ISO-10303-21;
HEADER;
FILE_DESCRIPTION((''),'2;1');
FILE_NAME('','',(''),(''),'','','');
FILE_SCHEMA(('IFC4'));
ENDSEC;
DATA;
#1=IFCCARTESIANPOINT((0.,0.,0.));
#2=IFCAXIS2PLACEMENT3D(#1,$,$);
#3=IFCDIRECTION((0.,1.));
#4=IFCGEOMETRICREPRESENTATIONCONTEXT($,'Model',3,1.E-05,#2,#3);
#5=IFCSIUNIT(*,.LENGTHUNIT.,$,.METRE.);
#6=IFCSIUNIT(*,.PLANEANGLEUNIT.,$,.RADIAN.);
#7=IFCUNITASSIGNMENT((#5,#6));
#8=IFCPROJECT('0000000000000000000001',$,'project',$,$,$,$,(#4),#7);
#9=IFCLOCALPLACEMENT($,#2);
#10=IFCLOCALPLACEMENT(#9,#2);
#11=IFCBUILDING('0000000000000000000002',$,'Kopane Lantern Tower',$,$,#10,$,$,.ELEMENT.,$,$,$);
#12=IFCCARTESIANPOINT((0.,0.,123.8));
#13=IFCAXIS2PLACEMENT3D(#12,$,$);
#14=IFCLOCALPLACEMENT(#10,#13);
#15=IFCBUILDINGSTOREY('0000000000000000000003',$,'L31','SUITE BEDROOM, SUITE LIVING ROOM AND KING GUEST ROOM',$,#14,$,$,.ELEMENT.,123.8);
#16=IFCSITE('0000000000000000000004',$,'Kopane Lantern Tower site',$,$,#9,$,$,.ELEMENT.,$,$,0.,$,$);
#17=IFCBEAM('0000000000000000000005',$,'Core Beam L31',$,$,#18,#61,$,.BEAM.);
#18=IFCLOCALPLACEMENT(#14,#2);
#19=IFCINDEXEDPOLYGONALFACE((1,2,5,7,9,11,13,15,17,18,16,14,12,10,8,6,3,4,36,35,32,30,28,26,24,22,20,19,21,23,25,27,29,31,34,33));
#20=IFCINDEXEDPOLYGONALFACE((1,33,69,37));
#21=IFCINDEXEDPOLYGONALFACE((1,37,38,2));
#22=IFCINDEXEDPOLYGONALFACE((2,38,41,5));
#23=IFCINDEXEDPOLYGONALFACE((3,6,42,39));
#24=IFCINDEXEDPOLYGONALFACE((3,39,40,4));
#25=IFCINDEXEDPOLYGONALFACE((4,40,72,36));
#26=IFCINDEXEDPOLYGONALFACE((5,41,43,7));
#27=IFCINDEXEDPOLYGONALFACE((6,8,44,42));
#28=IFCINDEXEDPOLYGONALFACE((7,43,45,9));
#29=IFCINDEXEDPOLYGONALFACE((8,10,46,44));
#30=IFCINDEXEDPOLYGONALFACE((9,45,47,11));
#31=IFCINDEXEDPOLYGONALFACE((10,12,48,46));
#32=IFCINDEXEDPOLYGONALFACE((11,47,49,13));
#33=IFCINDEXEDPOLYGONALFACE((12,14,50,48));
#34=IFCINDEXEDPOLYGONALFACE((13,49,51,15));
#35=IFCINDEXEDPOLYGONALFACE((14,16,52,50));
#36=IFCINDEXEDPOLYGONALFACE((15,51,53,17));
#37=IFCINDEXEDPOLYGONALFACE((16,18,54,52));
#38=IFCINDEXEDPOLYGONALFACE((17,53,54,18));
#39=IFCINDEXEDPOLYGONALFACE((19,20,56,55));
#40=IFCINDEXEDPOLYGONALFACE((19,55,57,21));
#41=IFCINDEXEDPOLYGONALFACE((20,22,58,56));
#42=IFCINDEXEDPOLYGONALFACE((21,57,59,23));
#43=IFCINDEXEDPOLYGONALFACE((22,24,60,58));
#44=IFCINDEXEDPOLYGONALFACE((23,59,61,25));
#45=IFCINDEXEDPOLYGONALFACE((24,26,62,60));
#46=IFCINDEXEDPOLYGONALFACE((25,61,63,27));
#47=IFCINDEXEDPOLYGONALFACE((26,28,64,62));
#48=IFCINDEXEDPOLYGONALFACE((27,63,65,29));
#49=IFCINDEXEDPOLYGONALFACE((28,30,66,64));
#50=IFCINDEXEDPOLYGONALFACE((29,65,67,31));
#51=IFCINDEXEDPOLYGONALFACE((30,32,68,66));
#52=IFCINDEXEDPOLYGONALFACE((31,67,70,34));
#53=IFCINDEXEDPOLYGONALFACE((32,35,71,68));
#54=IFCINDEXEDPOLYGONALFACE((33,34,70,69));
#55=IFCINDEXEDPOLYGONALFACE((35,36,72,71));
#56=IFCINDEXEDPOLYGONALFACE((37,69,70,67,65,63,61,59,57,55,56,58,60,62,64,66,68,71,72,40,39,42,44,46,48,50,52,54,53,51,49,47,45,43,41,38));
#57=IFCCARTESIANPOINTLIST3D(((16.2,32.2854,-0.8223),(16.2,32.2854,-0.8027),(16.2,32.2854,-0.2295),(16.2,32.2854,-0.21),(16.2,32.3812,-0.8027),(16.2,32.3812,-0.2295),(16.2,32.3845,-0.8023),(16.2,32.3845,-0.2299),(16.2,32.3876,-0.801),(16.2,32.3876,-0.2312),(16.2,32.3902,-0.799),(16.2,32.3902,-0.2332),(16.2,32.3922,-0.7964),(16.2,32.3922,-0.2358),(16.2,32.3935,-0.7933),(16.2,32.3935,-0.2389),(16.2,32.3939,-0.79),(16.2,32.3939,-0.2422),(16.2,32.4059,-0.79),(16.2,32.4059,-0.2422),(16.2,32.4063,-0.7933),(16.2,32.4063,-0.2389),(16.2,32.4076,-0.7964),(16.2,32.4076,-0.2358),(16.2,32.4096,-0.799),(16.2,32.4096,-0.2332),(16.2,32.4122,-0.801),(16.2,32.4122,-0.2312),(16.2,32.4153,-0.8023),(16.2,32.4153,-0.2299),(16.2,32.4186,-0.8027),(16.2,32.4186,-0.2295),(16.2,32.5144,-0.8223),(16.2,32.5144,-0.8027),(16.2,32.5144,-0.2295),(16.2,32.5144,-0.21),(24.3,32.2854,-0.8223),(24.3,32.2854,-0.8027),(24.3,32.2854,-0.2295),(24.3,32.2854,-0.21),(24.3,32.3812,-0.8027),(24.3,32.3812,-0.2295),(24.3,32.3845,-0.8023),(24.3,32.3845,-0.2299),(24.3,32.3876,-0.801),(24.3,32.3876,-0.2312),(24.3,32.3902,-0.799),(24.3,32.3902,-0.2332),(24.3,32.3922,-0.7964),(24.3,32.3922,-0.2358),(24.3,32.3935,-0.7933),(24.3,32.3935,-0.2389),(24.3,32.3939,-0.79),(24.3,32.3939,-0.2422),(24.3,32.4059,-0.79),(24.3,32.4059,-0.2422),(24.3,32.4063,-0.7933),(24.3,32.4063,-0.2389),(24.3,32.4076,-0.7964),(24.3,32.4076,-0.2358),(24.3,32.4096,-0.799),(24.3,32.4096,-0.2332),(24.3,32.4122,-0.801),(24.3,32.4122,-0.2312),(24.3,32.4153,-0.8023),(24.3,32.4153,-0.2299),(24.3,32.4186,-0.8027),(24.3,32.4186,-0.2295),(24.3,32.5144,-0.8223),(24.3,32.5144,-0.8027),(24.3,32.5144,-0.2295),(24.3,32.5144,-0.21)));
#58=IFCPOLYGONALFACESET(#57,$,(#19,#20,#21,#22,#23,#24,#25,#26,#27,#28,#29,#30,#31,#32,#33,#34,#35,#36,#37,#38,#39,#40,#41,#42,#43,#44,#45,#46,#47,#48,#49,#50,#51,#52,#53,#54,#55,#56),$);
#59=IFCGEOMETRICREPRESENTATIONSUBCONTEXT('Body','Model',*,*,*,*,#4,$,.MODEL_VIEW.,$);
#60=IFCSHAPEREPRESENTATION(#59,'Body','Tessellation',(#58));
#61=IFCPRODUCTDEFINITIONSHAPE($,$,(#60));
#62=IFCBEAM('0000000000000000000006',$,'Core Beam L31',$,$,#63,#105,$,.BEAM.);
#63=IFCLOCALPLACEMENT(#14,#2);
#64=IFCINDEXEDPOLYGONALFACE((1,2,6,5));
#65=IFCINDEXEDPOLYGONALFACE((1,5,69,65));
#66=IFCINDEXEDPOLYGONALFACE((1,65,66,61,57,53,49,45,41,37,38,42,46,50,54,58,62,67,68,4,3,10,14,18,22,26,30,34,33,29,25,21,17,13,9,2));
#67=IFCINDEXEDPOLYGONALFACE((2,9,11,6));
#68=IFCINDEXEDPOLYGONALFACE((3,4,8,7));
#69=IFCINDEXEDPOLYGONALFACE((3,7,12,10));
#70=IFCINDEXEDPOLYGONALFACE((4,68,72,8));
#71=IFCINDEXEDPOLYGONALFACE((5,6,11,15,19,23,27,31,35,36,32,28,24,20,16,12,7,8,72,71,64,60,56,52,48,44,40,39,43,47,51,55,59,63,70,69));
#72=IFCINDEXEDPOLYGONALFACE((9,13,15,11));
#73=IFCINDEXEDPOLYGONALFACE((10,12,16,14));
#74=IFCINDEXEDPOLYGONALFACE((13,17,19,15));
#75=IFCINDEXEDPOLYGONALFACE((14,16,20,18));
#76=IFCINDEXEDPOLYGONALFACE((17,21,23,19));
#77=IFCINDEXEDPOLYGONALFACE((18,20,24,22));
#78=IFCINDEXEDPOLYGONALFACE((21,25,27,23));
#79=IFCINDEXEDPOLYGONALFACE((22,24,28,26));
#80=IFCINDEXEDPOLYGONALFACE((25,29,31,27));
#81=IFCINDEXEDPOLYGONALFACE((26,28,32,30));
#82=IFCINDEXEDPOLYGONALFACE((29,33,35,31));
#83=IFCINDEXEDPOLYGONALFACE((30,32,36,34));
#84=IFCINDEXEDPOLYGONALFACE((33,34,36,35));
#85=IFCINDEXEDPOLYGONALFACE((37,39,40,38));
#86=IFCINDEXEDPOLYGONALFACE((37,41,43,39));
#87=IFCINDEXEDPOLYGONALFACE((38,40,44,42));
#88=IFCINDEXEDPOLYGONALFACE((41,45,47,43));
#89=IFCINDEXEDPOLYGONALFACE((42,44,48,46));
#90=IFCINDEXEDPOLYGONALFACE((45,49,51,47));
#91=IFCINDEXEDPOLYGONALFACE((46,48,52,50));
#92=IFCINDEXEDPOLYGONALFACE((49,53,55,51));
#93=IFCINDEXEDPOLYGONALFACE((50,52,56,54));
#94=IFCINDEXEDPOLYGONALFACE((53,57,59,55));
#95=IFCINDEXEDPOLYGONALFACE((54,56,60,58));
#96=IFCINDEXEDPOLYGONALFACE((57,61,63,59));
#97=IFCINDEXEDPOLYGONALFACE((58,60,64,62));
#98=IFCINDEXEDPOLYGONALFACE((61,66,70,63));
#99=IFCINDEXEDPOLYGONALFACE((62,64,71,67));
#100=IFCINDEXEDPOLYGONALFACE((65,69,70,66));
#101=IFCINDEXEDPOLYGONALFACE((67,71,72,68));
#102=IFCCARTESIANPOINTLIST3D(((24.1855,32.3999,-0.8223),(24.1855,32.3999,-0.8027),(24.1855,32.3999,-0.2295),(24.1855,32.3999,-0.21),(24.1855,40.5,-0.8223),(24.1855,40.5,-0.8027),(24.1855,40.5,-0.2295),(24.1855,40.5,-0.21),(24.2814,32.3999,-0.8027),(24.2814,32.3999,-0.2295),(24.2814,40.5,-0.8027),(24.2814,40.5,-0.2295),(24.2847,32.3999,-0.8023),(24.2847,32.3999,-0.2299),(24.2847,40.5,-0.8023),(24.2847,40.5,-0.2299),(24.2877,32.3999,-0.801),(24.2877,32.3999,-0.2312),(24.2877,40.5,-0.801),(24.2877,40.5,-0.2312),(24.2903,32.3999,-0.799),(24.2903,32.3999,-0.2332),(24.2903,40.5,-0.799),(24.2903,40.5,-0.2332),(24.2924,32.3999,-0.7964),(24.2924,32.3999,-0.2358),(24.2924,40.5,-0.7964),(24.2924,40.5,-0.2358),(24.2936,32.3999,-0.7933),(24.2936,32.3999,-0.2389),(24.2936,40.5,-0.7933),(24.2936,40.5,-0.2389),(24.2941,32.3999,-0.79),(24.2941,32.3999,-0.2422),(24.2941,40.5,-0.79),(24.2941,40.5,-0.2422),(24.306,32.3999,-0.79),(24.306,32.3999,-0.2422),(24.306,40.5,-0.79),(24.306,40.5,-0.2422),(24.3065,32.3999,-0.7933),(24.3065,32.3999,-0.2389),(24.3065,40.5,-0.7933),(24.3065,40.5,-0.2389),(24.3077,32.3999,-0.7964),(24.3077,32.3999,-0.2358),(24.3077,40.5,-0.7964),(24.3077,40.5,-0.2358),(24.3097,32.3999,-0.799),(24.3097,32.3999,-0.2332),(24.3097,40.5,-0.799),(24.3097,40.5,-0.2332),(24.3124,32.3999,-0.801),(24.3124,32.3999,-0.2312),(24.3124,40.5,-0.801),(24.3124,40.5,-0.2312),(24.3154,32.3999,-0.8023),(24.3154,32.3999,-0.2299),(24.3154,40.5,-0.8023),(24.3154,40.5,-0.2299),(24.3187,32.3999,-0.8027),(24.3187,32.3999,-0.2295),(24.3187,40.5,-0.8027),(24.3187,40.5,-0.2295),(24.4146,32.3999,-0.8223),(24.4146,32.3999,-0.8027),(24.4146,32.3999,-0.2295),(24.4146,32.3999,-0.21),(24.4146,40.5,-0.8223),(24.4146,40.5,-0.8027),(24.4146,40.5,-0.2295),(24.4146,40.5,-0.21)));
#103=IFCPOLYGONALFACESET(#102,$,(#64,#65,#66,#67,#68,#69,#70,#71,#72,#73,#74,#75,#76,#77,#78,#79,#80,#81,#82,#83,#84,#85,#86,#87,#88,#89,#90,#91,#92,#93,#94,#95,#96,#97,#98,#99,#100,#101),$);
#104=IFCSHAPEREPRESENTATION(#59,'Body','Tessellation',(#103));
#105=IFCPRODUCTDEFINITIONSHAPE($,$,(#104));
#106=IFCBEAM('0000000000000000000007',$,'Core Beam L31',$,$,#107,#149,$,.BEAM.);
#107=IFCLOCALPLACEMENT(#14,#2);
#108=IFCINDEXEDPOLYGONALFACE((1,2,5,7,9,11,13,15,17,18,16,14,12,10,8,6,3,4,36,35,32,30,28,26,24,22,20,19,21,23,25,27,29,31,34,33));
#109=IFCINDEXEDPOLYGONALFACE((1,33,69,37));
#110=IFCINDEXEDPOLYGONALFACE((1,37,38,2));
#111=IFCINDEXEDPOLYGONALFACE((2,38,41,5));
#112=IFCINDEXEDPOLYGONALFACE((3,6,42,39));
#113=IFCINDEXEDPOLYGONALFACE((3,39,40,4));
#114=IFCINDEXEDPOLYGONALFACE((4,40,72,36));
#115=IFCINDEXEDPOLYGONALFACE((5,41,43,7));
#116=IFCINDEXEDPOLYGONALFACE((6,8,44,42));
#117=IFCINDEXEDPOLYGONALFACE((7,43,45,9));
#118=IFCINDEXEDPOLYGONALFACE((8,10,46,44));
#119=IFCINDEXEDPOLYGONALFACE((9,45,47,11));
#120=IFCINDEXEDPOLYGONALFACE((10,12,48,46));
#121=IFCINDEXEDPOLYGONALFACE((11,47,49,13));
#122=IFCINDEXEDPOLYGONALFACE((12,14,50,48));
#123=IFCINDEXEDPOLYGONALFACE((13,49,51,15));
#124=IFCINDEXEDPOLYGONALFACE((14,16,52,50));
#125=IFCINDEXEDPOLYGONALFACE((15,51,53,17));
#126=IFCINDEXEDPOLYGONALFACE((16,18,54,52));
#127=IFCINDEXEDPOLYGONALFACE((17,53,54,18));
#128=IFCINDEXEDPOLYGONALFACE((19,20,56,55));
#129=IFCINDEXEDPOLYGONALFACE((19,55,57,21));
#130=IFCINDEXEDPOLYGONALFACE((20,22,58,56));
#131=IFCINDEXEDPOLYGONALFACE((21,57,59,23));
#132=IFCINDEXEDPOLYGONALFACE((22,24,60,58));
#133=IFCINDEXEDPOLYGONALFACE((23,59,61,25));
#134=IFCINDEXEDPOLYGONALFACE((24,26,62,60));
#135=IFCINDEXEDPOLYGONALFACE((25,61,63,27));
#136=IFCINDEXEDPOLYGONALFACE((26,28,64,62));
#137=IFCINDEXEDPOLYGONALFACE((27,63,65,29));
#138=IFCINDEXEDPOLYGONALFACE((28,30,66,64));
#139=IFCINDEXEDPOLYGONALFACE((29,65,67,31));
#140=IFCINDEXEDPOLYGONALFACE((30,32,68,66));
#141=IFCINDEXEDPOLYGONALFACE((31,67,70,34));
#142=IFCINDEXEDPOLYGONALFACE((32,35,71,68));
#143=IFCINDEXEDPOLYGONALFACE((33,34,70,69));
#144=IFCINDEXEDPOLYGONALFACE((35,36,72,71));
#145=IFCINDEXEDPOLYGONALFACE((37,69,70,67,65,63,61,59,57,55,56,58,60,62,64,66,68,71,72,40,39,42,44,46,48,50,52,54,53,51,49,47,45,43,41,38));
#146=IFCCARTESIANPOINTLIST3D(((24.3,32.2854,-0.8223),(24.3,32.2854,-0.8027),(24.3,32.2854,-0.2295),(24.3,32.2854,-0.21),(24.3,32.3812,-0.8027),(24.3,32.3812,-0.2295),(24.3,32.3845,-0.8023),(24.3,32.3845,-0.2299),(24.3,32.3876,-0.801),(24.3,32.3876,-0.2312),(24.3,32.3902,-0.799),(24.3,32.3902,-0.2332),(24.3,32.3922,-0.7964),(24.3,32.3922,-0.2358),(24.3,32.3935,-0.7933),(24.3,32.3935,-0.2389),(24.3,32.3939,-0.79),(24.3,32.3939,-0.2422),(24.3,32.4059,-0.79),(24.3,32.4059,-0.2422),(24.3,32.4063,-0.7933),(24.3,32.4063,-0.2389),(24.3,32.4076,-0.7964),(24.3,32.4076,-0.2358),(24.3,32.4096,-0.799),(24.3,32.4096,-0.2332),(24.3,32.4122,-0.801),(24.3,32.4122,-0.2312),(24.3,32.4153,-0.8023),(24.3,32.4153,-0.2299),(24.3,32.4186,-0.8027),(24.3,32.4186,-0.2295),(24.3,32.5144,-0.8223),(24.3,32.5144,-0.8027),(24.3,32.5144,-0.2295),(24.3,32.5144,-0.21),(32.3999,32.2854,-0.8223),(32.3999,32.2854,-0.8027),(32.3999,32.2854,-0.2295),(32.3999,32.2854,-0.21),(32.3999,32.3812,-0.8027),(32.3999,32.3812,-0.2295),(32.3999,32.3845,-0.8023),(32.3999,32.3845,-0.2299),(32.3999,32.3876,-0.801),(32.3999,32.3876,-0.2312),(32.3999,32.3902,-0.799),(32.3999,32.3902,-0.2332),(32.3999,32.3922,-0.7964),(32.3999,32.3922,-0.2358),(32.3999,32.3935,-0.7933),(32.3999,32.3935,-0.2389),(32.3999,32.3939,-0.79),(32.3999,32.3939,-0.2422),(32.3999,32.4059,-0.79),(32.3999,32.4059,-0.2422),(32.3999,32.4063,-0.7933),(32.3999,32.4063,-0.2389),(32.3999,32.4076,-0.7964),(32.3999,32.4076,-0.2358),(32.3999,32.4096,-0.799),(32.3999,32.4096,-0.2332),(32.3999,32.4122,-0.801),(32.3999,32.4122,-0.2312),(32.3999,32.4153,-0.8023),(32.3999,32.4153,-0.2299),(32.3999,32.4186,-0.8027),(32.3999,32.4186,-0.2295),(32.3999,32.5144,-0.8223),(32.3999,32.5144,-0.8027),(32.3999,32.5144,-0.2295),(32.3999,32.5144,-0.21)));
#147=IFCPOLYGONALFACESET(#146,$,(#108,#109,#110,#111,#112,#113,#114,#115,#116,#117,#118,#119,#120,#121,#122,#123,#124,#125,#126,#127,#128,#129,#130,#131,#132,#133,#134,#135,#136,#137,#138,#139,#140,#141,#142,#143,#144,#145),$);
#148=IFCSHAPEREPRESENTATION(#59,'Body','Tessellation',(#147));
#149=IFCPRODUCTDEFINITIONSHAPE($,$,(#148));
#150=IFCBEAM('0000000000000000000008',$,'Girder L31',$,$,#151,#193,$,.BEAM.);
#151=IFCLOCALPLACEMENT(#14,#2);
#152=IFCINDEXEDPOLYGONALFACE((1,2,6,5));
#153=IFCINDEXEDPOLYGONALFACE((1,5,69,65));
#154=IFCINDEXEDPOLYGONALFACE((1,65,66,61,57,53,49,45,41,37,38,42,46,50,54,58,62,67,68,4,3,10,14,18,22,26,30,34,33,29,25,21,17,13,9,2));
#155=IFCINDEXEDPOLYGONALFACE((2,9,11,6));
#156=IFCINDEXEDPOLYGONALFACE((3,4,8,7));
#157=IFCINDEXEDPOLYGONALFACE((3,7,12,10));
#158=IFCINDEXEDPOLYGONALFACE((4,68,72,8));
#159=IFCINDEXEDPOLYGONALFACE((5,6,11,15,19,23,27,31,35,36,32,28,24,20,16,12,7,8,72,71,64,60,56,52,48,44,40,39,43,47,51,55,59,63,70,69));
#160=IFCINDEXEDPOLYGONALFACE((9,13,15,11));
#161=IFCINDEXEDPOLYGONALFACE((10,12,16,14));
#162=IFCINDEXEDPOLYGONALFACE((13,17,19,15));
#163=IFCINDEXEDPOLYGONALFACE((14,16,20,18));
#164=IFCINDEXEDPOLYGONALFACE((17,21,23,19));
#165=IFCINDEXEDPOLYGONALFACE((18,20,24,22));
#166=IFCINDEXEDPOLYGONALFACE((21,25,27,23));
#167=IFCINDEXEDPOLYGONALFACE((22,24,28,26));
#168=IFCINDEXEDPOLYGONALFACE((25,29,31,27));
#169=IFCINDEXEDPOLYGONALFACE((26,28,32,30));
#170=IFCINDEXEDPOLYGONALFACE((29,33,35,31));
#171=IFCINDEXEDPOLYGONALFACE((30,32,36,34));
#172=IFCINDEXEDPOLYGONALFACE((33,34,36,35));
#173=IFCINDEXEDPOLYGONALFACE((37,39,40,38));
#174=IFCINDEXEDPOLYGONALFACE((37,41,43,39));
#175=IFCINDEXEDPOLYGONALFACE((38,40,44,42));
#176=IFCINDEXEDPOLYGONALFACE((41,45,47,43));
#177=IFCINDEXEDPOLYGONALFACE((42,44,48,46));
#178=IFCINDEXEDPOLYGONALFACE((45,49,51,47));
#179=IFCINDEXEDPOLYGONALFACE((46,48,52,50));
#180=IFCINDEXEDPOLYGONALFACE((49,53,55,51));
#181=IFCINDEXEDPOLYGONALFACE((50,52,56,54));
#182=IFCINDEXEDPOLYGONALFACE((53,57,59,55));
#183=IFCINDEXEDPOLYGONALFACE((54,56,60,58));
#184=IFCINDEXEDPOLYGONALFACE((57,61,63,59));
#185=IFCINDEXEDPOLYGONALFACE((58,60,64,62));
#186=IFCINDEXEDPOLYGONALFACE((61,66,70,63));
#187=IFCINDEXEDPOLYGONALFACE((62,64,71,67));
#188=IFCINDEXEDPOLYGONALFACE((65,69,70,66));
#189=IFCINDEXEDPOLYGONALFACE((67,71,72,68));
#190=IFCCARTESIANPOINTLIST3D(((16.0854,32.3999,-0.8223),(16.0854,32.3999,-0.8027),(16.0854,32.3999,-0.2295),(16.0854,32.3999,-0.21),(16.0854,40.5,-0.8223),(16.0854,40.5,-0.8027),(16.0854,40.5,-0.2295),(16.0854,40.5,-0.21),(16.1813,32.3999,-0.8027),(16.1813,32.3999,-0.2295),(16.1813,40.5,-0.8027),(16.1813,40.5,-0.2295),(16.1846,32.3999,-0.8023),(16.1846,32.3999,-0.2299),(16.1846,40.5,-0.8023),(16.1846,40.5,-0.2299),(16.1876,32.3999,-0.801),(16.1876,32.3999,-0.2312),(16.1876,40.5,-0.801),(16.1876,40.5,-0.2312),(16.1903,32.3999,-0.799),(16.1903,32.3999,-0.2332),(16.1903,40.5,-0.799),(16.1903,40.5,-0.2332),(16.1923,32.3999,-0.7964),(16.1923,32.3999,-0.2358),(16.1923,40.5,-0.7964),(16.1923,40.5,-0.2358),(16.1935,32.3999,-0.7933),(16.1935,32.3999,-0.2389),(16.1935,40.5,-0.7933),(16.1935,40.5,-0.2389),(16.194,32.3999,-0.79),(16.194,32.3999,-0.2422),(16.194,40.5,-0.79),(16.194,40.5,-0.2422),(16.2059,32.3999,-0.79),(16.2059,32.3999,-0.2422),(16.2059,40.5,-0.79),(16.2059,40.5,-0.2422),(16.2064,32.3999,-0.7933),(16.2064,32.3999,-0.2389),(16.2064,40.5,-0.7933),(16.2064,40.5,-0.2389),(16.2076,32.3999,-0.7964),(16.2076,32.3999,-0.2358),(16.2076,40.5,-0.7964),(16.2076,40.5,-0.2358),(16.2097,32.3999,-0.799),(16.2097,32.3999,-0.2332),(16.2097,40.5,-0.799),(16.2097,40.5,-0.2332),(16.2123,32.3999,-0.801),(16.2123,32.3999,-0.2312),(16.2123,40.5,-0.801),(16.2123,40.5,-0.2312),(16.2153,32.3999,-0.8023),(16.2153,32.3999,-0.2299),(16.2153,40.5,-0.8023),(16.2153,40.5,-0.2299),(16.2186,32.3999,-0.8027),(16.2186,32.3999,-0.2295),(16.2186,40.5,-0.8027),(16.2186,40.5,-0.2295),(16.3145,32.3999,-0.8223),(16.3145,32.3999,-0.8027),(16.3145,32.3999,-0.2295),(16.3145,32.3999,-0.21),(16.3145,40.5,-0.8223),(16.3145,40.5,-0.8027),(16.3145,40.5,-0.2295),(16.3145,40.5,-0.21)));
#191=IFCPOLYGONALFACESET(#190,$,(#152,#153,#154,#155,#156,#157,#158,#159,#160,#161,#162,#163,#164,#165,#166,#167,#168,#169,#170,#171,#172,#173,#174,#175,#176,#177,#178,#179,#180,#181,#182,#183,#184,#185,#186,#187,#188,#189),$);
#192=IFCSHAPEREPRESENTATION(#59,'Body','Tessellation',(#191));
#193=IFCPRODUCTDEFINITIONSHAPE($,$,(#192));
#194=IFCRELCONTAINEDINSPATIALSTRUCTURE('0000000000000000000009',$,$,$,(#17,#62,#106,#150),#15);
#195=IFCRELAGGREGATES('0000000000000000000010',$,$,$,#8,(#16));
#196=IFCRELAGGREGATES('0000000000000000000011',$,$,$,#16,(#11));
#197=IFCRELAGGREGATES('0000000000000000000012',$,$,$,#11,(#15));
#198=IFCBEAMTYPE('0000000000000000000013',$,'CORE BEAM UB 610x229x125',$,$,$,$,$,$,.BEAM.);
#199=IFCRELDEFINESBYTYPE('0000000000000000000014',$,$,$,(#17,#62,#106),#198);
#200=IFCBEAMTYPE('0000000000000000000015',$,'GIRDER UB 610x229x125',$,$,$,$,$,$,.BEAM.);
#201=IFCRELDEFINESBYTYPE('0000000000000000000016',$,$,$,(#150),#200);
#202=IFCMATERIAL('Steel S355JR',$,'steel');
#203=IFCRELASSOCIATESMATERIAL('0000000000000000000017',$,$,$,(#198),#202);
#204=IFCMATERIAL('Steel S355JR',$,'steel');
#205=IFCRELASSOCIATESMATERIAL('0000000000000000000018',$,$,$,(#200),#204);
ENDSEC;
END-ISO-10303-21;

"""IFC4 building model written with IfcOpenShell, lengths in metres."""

from ifc_helpers import new_model, si_unit, direction, frame, origin, origin_2d, place, context, subcontext, project, spatial, i_section, extrude, material, material_profile, profile_set, type_object, element, save


model = new_model("IFC4")

# Units and contexts
model_context = context("Model", 3, precision=1e-05, world=origin(), true_north=direction((0.0, 1.0)))
body_context = subcontext(model_context, "Body", "Model", "MODEL_VIEW")
ifc_project = project(units=[si_unit("LENGTHUNIT", "METRE"), si_unit("PLANEANGLEUNIT", "RADIAN")], contexts=[model_context])

# Site, building, storey
site_placement = place(None, origin())
site = spatial("IfcSite", under=ifc_project, at=site_placement, Name="Kopane Lantern Tower site", CompositionType="ELEMENT", RefElevation=0.0)
building_placement = place(site_placement, origin())
building = spatial("IfcBuilding", under=site, at=building_placement, Name="Kopane Lantern Tower", CompositionType="ELEMENT")
storey_placement = place(building_placement, frame((0.0, 0.0, 123.8)))
storey = spatial("IfcBuildingStorey", under=building, at=storey_placement, Name="L31", Description="SUITE BEDROOM, SUITE LIVING ROOM AND KING GUEST ROOM", CompositionType="ELEMENT", Elevation=123.8)

# Beams
ifc_material_1 = material(Name="Steel S355JR", Category="steel")
ifc_material_profile_1 = material_profile(ifc_material_1, i_section(OverallWidth=0.229, OverallDepth=0.6123, WebThickness=0.012, FlangeThickness=0.0195, FilletRadius=0.0127, at=origin_2d()), Name="UB 610x229x125")
ifc_profile_set_1 = profile_set([ifc_material_profile_1], Name="Steel S355JR")
beam_type_1 = type_object("IfcBeamType", Name="CORE BEAM UB 610x229x125", PredefinedType="BEAM", material=ifc_profile_set_1)
for number, where, z_axis, x_axis, name in (
    (1, (16.2, 32.3999, -0.5161), (1.0, 0.0, 0.0), (0.0, 1.0, 0.0), "Core Beam L31"),
    (2, (24.3, 32.3999, -0.5161), (0.0, 1.0, 0.0), (-1.0, 0.0, 0.0), "Core Beam L31"),
):
    element("IfcBeam", number, at=place(storey_placement, frame(where, z_axis=z_axis, x_axis=x_axis)), inside=storey, type_object=beam_type_1, Name=name, PredefinedType="BEAM", context=body_context, shape_type="SweptSolid", body=[
        extrude(i_section(OverallWidth=0.229, OverallDepth=0.6123, WebThickness=0.012, FlangeThickness=0.0195, FilletRadius=0.0127, at=origin_2d()), origin(), (0.0, 0.0, 1.0), 8.1001),
    ])
beam_1_placement = place(storey_placement, frame((24.3, 32.3999, -0.5161), z_axis=(1.0, 0.0, 0.0), x_axis=(0.0, 1.0, 0.0)))
element("IfcBeam", 3, at=beam_1_placement, inside=storey, type_object=beam_type_1, Name="Core Beam L31", PredefinedType="BEAM", context=body_context, shape_type="SweptSolid", body=[
    extrude(i_section(OverallWidth=0.229, OverallDepth=0.6123, WebThickness=0.012, FlangeThickness=0.0195, FilletRadius=0.0127, at=origin_2d()), origin(), (0.0, 0.0, 1.0), 8.0999),
])
ifc_material_2 = material(Name="Steel S355JR", Category="steel")
ifc_material_profile_2 = material_profile(ifc_material_2, i_section(OverallWidth=0.229, OverallDepth=0.6123, WebThickness=0.012, FlangeThickness=0.0195, FilletRadius=0.0127, at=origin_2d()), Name="UB 610x229x125")
ifc_profile_set_2 = profile_set([ifc_material_profile_2], Name="Steel S355JR")
beam_type_2 = type_object("IfcBeamType", Name="GIRDER UB 610x229x125", PredefinedType="BEAM", material=ifc_profile_set_2)
beam_2_placement = place(storey_placement, frame((16.2, 32.3999, -0.5161), z_axis=(0.0, 1.0, 0.0), x_axis=(-1.0, 0.0, 0.0)))
element("IfcBeam", 4, at=beam_2_placement, inside=storey, type_object=beam_type_2, Name="Girder L31", PredefinedType="BEAM", context=body_context, shape_type="SweptSolid", body=[
    extrude(i_section(OverallWidth=0.229, OverallDepth=0.6123, WebThickness=0.012, FlangeThickness=0.0195, FilletRadius=0.0127, at=origin_2d()), origin(), (0.0, 0.0, 1.0), 8.1001),
])

save(model, "model.ifc")
